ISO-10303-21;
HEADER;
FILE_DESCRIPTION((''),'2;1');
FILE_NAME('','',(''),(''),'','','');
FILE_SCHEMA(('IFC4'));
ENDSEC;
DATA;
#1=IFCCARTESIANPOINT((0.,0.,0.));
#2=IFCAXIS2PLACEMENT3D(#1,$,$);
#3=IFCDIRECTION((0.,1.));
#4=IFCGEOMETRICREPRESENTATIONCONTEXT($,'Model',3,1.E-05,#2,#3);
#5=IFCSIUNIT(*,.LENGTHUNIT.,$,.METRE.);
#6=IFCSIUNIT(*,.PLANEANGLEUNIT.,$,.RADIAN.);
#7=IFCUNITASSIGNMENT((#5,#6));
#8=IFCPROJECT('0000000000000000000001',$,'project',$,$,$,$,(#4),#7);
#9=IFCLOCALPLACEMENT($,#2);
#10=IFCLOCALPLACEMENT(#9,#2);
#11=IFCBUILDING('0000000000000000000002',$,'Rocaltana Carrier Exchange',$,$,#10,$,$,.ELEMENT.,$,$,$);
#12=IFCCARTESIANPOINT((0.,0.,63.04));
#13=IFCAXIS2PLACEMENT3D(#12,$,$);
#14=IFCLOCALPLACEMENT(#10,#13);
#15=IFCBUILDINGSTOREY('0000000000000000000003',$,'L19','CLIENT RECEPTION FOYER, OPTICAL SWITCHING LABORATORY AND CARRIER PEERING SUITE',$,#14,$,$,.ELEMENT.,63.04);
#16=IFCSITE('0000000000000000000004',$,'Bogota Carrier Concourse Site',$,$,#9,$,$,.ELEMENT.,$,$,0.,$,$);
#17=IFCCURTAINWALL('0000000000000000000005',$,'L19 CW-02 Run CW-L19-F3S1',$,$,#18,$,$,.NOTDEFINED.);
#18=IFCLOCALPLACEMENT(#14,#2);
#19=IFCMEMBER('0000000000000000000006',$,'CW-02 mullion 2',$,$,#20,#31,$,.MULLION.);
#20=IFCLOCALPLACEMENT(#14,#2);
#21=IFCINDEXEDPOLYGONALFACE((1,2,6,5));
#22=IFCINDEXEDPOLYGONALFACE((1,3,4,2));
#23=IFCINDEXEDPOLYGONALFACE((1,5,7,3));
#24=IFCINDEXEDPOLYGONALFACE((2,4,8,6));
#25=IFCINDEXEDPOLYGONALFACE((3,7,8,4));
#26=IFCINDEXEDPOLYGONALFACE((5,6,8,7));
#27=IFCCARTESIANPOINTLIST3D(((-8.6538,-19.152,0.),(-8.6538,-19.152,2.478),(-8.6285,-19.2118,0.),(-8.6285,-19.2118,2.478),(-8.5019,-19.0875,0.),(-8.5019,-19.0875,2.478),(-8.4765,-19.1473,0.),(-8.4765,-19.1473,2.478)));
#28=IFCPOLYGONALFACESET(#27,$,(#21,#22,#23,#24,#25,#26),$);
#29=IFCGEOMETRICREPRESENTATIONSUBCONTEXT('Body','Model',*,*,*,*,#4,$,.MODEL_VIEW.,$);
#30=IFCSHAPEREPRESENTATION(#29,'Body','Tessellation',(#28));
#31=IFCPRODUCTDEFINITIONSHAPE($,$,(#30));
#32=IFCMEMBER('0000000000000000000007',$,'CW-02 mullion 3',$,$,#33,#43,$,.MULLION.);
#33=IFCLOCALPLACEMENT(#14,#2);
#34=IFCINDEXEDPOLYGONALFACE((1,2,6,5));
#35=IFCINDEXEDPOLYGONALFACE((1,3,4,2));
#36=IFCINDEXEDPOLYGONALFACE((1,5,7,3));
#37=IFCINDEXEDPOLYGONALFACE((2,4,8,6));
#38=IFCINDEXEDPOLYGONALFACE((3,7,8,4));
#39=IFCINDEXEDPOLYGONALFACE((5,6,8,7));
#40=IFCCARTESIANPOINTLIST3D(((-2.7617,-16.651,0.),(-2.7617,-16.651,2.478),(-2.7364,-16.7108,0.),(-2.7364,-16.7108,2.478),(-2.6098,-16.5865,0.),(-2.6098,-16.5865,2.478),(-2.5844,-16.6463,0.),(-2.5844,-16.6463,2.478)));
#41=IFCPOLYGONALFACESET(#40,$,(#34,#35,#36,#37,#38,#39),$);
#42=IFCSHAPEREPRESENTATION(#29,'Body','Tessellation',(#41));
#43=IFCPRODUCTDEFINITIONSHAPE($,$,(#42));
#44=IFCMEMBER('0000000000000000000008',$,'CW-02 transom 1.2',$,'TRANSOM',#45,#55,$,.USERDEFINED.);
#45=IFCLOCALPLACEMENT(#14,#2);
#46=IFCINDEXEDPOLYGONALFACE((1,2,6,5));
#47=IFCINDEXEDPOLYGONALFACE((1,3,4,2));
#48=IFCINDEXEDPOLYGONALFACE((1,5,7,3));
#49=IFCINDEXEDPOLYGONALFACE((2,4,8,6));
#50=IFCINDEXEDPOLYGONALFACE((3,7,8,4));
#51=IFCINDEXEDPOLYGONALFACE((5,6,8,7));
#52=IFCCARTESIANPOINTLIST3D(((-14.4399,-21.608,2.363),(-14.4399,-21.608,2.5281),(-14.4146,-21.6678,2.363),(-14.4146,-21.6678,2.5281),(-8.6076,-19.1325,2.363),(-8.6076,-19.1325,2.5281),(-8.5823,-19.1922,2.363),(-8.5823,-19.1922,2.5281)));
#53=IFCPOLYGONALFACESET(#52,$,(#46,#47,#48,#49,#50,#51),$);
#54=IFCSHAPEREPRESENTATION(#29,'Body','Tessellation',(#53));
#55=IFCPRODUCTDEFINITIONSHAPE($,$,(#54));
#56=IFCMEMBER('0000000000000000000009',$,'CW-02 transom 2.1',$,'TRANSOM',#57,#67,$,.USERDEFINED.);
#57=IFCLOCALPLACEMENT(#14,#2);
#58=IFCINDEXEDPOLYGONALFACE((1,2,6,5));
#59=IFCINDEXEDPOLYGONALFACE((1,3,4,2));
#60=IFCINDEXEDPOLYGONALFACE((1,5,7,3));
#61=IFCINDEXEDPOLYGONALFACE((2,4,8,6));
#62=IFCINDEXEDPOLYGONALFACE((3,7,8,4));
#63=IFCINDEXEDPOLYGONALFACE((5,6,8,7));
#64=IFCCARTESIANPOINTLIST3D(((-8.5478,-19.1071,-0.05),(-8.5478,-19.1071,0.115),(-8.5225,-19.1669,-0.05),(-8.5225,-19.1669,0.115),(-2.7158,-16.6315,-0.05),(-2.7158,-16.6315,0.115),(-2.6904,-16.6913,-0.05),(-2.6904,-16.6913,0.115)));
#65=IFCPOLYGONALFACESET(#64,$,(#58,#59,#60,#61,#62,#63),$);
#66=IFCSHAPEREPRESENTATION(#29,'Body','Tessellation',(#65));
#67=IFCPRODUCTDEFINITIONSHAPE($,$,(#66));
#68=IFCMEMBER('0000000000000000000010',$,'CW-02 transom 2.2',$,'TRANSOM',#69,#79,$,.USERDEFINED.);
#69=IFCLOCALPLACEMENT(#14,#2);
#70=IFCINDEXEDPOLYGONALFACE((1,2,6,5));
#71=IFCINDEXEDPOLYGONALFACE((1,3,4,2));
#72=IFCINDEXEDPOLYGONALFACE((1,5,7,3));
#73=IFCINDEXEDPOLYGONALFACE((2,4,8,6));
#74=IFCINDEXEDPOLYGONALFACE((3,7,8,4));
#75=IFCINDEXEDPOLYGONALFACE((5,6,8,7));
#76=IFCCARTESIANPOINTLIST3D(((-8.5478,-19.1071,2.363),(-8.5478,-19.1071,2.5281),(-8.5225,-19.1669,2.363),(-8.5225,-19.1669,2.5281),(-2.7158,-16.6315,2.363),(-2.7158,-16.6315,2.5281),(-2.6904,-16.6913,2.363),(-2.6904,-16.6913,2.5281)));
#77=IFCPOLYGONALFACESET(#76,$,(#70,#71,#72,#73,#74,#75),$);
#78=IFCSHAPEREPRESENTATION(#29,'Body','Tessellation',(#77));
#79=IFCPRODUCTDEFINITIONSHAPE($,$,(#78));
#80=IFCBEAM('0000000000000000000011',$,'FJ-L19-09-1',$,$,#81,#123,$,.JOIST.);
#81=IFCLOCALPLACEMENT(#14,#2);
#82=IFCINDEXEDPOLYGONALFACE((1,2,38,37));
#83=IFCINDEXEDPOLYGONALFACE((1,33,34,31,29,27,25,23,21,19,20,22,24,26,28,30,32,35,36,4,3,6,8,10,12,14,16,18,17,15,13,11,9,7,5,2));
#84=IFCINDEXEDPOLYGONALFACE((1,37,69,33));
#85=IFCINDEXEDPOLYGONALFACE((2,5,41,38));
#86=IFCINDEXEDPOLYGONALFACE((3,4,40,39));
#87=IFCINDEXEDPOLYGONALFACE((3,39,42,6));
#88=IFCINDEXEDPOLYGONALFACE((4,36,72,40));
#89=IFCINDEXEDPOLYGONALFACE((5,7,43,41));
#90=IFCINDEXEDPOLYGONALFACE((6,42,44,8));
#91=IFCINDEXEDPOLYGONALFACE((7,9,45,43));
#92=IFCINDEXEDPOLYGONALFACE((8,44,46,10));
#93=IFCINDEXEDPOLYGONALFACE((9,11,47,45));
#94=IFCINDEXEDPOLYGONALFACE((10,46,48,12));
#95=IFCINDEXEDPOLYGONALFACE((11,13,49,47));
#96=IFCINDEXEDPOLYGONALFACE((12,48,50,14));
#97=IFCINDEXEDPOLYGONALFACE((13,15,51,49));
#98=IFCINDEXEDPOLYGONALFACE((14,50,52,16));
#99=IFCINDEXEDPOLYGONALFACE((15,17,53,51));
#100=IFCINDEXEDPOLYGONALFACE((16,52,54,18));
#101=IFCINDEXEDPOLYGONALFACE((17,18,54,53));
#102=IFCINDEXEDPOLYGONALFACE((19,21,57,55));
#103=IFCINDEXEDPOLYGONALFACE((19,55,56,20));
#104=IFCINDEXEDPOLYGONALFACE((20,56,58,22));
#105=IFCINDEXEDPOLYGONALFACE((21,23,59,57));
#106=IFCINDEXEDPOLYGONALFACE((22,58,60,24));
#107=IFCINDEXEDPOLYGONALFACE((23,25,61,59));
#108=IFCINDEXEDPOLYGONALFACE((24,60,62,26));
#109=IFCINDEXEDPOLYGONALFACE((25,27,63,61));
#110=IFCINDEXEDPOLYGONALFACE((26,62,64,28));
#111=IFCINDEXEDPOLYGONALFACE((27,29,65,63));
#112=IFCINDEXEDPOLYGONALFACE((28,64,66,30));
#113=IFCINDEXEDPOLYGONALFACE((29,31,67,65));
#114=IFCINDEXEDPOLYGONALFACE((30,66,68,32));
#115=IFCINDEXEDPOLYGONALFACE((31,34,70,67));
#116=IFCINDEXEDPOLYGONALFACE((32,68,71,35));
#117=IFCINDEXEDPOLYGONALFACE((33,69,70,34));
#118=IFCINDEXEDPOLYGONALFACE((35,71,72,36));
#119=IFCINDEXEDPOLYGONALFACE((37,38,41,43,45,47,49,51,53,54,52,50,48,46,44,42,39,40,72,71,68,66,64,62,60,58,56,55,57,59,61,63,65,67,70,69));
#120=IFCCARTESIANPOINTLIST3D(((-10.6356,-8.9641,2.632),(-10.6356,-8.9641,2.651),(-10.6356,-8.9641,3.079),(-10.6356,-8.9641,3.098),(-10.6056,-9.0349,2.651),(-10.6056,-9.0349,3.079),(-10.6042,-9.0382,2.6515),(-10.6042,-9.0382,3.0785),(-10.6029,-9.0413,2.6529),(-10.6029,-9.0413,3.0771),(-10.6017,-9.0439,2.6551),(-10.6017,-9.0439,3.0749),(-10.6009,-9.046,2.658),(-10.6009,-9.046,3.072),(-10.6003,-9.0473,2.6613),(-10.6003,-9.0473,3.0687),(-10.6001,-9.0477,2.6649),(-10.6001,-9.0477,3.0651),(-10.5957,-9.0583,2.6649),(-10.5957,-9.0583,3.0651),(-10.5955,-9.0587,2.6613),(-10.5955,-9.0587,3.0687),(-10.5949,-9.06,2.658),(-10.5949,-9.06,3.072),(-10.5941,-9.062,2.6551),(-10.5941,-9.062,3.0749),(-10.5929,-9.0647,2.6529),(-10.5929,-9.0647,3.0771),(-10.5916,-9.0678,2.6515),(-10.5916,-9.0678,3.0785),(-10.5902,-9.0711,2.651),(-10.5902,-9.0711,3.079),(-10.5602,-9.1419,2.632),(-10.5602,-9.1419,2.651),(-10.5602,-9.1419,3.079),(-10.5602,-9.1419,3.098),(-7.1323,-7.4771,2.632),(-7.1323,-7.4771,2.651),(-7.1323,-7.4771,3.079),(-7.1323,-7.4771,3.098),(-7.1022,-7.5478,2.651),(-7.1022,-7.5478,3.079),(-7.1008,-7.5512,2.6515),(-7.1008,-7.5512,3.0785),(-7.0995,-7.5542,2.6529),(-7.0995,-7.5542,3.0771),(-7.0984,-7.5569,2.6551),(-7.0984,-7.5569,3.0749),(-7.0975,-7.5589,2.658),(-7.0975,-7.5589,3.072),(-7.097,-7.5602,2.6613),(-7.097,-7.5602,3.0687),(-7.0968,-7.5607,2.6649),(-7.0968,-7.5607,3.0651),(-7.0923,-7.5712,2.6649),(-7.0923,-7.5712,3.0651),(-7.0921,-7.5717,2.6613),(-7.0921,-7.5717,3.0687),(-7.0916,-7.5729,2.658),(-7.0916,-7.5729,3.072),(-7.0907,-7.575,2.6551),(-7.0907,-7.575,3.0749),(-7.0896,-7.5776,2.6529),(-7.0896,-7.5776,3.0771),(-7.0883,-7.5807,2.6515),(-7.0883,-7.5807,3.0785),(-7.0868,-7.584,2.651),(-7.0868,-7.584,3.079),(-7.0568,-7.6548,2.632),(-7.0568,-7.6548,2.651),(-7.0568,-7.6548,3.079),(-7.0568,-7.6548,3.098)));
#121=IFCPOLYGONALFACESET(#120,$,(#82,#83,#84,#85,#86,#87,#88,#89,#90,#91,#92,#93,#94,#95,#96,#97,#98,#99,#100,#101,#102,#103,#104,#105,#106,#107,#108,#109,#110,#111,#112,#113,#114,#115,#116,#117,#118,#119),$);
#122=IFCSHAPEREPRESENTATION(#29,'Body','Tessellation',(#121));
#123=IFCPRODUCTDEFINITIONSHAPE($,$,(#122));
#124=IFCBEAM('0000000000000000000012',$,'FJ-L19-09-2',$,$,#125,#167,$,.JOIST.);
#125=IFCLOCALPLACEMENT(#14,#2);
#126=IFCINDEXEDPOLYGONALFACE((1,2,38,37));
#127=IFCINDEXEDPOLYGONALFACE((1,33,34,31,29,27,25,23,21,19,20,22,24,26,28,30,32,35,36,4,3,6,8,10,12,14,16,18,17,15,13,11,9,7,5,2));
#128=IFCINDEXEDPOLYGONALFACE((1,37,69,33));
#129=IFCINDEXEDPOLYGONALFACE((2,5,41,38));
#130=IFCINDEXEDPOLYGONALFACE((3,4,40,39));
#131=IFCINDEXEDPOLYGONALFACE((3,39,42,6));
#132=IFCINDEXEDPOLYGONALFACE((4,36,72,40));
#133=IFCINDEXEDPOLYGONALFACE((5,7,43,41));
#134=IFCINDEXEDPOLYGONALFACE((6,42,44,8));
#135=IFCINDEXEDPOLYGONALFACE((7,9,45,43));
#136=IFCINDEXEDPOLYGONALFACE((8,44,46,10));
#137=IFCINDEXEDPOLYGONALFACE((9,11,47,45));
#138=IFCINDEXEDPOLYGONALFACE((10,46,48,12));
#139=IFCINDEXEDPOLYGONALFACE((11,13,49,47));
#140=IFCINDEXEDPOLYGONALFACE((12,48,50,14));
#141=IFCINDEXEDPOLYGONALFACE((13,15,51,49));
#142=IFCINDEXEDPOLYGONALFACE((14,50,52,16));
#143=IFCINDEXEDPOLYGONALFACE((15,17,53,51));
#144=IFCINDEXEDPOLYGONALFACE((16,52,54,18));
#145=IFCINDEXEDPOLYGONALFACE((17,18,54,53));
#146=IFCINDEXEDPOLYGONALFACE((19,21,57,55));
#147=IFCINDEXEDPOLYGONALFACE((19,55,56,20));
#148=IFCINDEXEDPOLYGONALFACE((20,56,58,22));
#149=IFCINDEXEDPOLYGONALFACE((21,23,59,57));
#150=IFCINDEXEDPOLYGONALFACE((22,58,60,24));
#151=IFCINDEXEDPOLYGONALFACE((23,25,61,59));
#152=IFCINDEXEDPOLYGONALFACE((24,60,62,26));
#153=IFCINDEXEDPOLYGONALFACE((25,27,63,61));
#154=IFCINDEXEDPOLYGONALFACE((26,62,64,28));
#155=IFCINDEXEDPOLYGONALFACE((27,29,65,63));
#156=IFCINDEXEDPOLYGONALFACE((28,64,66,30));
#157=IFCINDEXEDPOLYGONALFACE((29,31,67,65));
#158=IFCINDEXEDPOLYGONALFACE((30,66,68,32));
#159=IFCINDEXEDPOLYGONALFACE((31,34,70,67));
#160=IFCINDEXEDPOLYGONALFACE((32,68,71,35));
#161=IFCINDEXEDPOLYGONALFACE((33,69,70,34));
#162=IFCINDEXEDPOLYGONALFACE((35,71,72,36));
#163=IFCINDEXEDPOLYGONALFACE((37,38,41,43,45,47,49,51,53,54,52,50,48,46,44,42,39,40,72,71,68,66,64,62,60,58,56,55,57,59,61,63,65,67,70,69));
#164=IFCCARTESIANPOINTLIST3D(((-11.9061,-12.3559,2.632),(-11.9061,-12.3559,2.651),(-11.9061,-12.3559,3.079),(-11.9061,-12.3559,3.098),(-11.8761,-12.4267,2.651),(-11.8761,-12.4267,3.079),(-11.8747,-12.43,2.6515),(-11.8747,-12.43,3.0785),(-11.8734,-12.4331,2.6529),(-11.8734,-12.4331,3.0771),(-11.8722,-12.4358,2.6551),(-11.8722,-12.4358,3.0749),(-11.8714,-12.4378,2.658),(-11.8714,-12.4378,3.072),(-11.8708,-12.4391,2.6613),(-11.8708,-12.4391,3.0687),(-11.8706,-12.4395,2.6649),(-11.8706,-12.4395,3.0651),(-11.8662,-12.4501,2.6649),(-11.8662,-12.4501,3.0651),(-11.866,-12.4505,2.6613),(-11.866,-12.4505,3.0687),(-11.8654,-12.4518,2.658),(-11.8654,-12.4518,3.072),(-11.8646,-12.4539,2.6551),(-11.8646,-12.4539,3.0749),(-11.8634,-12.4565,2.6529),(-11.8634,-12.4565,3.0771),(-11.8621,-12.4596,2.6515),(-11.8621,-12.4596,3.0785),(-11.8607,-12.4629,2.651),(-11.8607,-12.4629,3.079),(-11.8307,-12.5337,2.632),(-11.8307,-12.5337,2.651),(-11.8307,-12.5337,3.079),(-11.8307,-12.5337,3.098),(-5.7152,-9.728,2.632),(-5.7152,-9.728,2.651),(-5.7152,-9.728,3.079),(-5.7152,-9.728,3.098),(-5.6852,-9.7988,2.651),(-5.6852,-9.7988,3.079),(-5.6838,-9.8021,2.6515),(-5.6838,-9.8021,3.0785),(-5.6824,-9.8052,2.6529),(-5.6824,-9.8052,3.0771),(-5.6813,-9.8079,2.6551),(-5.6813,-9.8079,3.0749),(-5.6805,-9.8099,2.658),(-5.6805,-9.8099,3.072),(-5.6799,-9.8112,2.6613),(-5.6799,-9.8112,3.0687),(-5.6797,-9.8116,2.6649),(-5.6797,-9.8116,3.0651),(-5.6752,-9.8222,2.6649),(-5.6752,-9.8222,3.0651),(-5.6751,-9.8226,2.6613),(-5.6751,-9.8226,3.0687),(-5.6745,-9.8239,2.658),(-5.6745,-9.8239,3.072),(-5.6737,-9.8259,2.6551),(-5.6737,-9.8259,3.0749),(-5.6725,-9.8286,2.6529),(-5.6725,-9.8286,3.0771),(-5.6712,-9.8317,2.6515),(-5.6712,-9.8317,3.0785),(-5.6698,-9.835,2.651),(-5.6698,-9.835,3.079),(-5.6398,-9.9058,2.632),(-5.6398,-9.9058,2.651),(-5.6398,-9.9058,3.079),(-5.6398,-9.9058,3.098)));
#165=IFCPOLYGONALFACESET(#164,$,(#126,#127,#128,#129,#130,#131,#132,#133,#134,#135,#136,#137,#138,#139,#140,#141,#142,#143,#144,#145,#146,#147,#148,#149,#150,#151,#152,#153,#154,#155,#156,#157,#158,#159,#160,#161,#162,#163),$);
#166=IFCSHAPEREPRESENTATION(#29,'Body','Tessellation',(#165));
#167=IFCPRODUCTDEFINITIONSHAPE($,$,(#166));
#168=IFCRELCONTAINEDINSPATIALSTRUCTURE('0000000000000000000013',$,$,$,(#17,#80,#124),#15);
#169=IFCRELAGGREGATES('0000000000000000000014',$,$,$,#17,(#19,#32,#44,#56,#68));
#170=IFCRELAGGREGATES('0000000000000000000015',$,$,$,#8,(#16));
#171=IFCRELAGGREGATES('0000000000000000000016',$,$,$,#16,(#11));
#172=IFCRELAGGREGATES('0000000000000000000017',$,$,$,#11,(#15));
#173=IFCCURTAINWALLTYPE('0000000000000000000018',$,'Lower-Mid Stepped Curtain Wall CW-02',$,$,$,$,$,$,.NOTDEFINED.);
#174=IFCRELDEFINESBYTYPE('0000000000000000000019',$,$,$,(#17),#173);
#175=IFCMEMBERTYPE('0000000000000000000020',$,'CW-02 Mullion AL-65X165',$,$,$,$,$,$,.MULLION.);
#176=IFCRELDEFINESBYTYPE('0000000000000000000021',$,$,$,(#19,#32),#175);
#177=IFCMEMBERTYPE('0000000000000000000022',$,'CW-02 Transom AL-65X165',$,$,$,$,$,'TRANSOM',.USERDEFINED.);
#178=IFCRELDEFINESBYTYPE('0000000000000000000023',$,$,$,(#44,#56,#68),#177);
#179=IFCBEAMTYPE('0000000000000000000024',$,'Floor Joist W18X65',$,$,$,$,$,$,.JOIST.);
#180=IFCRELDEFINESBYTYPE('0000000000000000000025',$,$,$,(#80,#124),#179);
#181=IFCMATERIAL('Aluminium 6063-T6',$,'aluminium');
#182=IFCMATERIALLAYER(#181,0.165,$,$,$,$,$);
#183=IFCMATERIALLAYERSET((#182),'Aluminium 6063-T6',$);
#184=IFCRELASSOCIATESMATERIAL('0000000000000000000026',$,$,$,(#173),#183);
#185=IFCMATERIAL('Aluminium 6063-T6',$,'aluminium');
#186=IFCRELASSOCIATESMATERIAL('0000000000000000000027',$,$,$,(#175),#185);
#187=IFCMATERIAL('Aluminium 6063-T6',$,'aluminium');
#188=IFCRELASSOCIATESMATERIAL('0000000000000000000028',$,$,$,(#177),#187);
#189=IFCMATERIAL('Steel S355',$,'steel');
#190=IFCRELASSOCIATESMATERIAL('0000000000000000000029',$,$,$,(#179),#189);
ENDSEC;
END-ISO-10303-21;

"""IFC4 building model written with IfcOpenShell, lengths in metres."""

from ifc_helpers import new_model, si_unit, direction, frame, origin, origin_2d, place, context, subcontext, project, spatial, rectangle, i_section, extrude, material, layer, layer_set, material_profile, profile_set, type_object, element, aggregate, save


model = new_model("IFC4")

# Units and contexts
model_context = context("Model", 3, precision=1e-05, world=origin(), true_north=direction((0.0, 1.0)))
body_context = subcontext(model_context, "Body", "Model", "MODEL_VIEW")
ifc_project = project(units=[si_unit("LENGTHUNIT", "METRE"), si_unit("PLANEANGLEUNIT", "RADIAN")], contexts=[model_context])

# Site, building, storey
site_placement = place(None, origin())
site = spatial("IfcSite", under=ifc_project, at=site_placement, Name="Bogota Carrier Concourse Site", CompositionType="ELEMENT", RefElevation=0.0)
building_placement = place(site_placement, origin())
building = spatial("IfcBuilding", under=site, at=building_placement, Name="Rocaltana Carrier Exchange", CompositionType="ELEMENT")
storey_placement = place(building_placement, frame((0.0, 0.0, 63.04)))
storey = spatial("IfcBuildingStorey", under=building, at=storey_placement, Name="L19", Description="CLIENT RECEPTION FOYER, OPTICAL SWITCHING LABORATORY AND CARRIER PEERING SUITE", CompositionType="ELEMENT", Elevation=63.04)

# Curtain wall, members
ifc_material_1 = material(Name="Aluminium 6063-T6", Category="aluminium")
ifc_layer_1 = layer(ifc_material_1, 0.165)
ifc_layer_set_1 = layer_set([ifc_layer_1], Name="Aluminium 6063-T6")
curtain_wall_type = type_object("IfcCurtainWallType", Name="Lower-Mid Stepped Curtain Wall CW-02", PredefinedType="NOTDEFINED", material=ifc_layer_set_1)
curtain_wall_placement = place(storey_placement, origin())
curtain_wall = element("IfcCurtainWall", 1, at=curtain_wall_placement, inside=storey, type_object=curtain_wall_type, Name="L19 CW-02 Run CW-L19-F3S1", PredefinedType="NOTDEFINED")
ifc_material_2 = material(Name="Aluminium 6063-T6", Category="aluminium")
ifc_material_profile_1 = material_profile(ifc_material_2, rectangle(XDim=0.0649, YDim=0.165, at=origin_2d()), Name="AL-65X165")
ifc_profile_set_1 = profile_set([ifc_material_profile_1], Name="Aluminium 6063-T6")
member_type_1 = type_object("IfcMemberType", Name="CW-02 Mullion AL-65X165", PredefinedType="MULLION", material=ifc_profile_set_1)
member_1_placement = place(storey_placement, frame((-8.5652, -19.1497, 0.0), z_axis=(0.0, 0.0, 1.0), x_axis=(-0.390729, 0.920506, 0.0)))
member_1 = element("IfcMember", 2, at=member_1_placement, type_object=member_type_1, Name="CW-02 mullion 2", PredefinedType="MULLION", context=body_context, shape_type="SweptSolid", body=[
    extrude(rectangle(XDim=0.0649, YDim=0.165, at=origin_2d()), origin(), (0.0, 0.0, 1.0), 2.478),
])
member_2_placement = place(storey_placement, frame((-2.6731, -16.6487, 0.0), z_axis=(0.0, 0.0, 1.0), x_axis=(-0.390729, 0.920506, 0.0)))
member_2 = element("IfcMember", 3, at=member_2_placement, type_object=member_type_1, Name="CW-02 mullion 3", PredefinedType="MULLION", context=body_context, shape_type="SweptSolid", body=[
    extrude(rectangle(XDim=0.0649, YDim=0.165, at=origin_2d()), origin(), (0.0, 0.0, 1.0), 2.478),
])
ifc_material_3 = material(Name="Aluminium 6063-T6", Category="aluminium")
ifc_material_profile_2 = material_profile(ifc_material_3, rectangle(XDim=0.0649, YDim=0.165, at=origin_2d()), Name="AL-65X165")
ifc_profile_set_2 = profile_set([ifc_material_profile_2], Name="Aluminium 6063-T6")
member_type_2 = type_object("IfcMemberType", Name="CW-02 Transom AL-65X165", ElementType="TRANSOM", PredefinedType="USERDEFINED", material=ifc_profile_set_2)
member_3_placement = place(storey_placement, frame((-14.4272, -21.6379, 2.4456), z_axis=(0.920509, 0.390722, 0.0), x_axis=(-0.390722, 0.920509, 0.0)))
member_3 = element("IfcMember", 4, at=member_3_placement, type_object=member_type_2, Name="CW-02 transom 1.2", ObjectType="TRANSOM", PredefinedType="USERDEFINED", context=body_context, shape_type="SweptSolid", body=[
    extrude(rectangle(XDim=0.0649, YDim=0.165, at=origin_2d()), origin(), (0.0, 0.0, 1.0), 6.3359),
])
member_4_placement = place(storey_placement, frame((-8.5352, -19.137, 0.0325), z_axis=(0.920503, 0.390736, 0.0), x_axis=(-0.390736, 0.920503, 0.0)))
member_4 = element("IfcMember", 5, at=member_4_placement, type_object=member_type_2, Name="CW-02 transom 2.1", ObjectType="TRANSOM", PredefinedType="USERDEFINED", context=body_context, shape_type="SweptSolid", body=[
    extrude(rectangle(XDim=0.0649, YDim=0.165, at=origin_2d()), origin(), (0.0, 0.0, 1.0), 6.3357),
])
member_5_placement = place(storey_placement, frame((-8.5352, -19.137, 2.4456), z_axis=(0.920503, 0.390736, 0.0), x_axis=(-0.390736, 0.920503, 0.0)))
member_5 = element("IfcMember", 6, at=member_5_placement, type_object=member_type_2, Name="CW-02 transom 2.2", ObjectType="TRANSOM", PredefinedType="USERDEFINED", context=body_context, shape_type="SweptSolid", body=[
    extrude(rectangle(XDim=0.0649, YDim=0.165, at=origin_2d()), origin(), (0.0, 0.0, 1.0), 6.3357),
])

# Beams
ifc_material_4 = material(Name="Steel S355", Category="steel")
ifc_material_profile_3 = material_profile(ifc_material_4, i_section(OverallWidth=0.1931, OverallDepth=0.4661, WebThickness=0.0115, FlangeThickness=0.019, FilletRadius=0.0139, at=origin_2d()), Name="W18X65")
ifc_profile_set_3 = profile_set([ifc_material_profile_3], Name="Steel S355")
beam_type = type_object("IfcBeamType", Name="Floor Joist W18X65", PredefinedType="JOIST", material=ifc_profile_set_3)
beam_1_placement = place(storey_placement, frame((-10.5979, -9.053, 2.865), z_axis=(0.92051, 0.39072, 0.0), x_axis=(-0.39072, 0.92051, 0.0)))
element("IfcBeam", 7, at=beam_1_placement, inside=storey, type_object=beam_type, Name="FJ-L19-09-1", PredefinedType="JOIST", context=body_context, shape_type="SweptSolid", body=[
    extrude(i_section(OverallWidth=0.1931, OverallDepth=0.4661, WebThickness=0.0115, FlangeThickness=0.019, FilletRadius=0.0139, at=origin_2d()), origin(), (0.0, 0.0, 1.0), 3.8059),
])
beam_2_placement = place(storey_placement, frame((-11.8684, -12.4448, 2.865), z_axis=(0.920503, 0.390736, 0.0), x_axis=(-0.390736, 0.920503, 0.0)))
element("IfcBeam", 8, at=beam_2_placement, inside=storey, type_object=beam_type, Name="FJ-L19-09-2", PredefinedType="JOIST", context=body_context, shape_type="SweptSolid", body=[
    extrude(i_section(OverallWidth=0.1931, OverallDepth=0.4661, WebThickness=0.0115, FlangeThickness=0.019, FilletRadius=0.0139, at=origin_2d()), origin(), (0.0, 0.0, 1.0), 6.7256),
])

aggregate(curtain_wall, [member_1, member_2, member_3, member_4, member_5])

save(model, "model.ifc")
